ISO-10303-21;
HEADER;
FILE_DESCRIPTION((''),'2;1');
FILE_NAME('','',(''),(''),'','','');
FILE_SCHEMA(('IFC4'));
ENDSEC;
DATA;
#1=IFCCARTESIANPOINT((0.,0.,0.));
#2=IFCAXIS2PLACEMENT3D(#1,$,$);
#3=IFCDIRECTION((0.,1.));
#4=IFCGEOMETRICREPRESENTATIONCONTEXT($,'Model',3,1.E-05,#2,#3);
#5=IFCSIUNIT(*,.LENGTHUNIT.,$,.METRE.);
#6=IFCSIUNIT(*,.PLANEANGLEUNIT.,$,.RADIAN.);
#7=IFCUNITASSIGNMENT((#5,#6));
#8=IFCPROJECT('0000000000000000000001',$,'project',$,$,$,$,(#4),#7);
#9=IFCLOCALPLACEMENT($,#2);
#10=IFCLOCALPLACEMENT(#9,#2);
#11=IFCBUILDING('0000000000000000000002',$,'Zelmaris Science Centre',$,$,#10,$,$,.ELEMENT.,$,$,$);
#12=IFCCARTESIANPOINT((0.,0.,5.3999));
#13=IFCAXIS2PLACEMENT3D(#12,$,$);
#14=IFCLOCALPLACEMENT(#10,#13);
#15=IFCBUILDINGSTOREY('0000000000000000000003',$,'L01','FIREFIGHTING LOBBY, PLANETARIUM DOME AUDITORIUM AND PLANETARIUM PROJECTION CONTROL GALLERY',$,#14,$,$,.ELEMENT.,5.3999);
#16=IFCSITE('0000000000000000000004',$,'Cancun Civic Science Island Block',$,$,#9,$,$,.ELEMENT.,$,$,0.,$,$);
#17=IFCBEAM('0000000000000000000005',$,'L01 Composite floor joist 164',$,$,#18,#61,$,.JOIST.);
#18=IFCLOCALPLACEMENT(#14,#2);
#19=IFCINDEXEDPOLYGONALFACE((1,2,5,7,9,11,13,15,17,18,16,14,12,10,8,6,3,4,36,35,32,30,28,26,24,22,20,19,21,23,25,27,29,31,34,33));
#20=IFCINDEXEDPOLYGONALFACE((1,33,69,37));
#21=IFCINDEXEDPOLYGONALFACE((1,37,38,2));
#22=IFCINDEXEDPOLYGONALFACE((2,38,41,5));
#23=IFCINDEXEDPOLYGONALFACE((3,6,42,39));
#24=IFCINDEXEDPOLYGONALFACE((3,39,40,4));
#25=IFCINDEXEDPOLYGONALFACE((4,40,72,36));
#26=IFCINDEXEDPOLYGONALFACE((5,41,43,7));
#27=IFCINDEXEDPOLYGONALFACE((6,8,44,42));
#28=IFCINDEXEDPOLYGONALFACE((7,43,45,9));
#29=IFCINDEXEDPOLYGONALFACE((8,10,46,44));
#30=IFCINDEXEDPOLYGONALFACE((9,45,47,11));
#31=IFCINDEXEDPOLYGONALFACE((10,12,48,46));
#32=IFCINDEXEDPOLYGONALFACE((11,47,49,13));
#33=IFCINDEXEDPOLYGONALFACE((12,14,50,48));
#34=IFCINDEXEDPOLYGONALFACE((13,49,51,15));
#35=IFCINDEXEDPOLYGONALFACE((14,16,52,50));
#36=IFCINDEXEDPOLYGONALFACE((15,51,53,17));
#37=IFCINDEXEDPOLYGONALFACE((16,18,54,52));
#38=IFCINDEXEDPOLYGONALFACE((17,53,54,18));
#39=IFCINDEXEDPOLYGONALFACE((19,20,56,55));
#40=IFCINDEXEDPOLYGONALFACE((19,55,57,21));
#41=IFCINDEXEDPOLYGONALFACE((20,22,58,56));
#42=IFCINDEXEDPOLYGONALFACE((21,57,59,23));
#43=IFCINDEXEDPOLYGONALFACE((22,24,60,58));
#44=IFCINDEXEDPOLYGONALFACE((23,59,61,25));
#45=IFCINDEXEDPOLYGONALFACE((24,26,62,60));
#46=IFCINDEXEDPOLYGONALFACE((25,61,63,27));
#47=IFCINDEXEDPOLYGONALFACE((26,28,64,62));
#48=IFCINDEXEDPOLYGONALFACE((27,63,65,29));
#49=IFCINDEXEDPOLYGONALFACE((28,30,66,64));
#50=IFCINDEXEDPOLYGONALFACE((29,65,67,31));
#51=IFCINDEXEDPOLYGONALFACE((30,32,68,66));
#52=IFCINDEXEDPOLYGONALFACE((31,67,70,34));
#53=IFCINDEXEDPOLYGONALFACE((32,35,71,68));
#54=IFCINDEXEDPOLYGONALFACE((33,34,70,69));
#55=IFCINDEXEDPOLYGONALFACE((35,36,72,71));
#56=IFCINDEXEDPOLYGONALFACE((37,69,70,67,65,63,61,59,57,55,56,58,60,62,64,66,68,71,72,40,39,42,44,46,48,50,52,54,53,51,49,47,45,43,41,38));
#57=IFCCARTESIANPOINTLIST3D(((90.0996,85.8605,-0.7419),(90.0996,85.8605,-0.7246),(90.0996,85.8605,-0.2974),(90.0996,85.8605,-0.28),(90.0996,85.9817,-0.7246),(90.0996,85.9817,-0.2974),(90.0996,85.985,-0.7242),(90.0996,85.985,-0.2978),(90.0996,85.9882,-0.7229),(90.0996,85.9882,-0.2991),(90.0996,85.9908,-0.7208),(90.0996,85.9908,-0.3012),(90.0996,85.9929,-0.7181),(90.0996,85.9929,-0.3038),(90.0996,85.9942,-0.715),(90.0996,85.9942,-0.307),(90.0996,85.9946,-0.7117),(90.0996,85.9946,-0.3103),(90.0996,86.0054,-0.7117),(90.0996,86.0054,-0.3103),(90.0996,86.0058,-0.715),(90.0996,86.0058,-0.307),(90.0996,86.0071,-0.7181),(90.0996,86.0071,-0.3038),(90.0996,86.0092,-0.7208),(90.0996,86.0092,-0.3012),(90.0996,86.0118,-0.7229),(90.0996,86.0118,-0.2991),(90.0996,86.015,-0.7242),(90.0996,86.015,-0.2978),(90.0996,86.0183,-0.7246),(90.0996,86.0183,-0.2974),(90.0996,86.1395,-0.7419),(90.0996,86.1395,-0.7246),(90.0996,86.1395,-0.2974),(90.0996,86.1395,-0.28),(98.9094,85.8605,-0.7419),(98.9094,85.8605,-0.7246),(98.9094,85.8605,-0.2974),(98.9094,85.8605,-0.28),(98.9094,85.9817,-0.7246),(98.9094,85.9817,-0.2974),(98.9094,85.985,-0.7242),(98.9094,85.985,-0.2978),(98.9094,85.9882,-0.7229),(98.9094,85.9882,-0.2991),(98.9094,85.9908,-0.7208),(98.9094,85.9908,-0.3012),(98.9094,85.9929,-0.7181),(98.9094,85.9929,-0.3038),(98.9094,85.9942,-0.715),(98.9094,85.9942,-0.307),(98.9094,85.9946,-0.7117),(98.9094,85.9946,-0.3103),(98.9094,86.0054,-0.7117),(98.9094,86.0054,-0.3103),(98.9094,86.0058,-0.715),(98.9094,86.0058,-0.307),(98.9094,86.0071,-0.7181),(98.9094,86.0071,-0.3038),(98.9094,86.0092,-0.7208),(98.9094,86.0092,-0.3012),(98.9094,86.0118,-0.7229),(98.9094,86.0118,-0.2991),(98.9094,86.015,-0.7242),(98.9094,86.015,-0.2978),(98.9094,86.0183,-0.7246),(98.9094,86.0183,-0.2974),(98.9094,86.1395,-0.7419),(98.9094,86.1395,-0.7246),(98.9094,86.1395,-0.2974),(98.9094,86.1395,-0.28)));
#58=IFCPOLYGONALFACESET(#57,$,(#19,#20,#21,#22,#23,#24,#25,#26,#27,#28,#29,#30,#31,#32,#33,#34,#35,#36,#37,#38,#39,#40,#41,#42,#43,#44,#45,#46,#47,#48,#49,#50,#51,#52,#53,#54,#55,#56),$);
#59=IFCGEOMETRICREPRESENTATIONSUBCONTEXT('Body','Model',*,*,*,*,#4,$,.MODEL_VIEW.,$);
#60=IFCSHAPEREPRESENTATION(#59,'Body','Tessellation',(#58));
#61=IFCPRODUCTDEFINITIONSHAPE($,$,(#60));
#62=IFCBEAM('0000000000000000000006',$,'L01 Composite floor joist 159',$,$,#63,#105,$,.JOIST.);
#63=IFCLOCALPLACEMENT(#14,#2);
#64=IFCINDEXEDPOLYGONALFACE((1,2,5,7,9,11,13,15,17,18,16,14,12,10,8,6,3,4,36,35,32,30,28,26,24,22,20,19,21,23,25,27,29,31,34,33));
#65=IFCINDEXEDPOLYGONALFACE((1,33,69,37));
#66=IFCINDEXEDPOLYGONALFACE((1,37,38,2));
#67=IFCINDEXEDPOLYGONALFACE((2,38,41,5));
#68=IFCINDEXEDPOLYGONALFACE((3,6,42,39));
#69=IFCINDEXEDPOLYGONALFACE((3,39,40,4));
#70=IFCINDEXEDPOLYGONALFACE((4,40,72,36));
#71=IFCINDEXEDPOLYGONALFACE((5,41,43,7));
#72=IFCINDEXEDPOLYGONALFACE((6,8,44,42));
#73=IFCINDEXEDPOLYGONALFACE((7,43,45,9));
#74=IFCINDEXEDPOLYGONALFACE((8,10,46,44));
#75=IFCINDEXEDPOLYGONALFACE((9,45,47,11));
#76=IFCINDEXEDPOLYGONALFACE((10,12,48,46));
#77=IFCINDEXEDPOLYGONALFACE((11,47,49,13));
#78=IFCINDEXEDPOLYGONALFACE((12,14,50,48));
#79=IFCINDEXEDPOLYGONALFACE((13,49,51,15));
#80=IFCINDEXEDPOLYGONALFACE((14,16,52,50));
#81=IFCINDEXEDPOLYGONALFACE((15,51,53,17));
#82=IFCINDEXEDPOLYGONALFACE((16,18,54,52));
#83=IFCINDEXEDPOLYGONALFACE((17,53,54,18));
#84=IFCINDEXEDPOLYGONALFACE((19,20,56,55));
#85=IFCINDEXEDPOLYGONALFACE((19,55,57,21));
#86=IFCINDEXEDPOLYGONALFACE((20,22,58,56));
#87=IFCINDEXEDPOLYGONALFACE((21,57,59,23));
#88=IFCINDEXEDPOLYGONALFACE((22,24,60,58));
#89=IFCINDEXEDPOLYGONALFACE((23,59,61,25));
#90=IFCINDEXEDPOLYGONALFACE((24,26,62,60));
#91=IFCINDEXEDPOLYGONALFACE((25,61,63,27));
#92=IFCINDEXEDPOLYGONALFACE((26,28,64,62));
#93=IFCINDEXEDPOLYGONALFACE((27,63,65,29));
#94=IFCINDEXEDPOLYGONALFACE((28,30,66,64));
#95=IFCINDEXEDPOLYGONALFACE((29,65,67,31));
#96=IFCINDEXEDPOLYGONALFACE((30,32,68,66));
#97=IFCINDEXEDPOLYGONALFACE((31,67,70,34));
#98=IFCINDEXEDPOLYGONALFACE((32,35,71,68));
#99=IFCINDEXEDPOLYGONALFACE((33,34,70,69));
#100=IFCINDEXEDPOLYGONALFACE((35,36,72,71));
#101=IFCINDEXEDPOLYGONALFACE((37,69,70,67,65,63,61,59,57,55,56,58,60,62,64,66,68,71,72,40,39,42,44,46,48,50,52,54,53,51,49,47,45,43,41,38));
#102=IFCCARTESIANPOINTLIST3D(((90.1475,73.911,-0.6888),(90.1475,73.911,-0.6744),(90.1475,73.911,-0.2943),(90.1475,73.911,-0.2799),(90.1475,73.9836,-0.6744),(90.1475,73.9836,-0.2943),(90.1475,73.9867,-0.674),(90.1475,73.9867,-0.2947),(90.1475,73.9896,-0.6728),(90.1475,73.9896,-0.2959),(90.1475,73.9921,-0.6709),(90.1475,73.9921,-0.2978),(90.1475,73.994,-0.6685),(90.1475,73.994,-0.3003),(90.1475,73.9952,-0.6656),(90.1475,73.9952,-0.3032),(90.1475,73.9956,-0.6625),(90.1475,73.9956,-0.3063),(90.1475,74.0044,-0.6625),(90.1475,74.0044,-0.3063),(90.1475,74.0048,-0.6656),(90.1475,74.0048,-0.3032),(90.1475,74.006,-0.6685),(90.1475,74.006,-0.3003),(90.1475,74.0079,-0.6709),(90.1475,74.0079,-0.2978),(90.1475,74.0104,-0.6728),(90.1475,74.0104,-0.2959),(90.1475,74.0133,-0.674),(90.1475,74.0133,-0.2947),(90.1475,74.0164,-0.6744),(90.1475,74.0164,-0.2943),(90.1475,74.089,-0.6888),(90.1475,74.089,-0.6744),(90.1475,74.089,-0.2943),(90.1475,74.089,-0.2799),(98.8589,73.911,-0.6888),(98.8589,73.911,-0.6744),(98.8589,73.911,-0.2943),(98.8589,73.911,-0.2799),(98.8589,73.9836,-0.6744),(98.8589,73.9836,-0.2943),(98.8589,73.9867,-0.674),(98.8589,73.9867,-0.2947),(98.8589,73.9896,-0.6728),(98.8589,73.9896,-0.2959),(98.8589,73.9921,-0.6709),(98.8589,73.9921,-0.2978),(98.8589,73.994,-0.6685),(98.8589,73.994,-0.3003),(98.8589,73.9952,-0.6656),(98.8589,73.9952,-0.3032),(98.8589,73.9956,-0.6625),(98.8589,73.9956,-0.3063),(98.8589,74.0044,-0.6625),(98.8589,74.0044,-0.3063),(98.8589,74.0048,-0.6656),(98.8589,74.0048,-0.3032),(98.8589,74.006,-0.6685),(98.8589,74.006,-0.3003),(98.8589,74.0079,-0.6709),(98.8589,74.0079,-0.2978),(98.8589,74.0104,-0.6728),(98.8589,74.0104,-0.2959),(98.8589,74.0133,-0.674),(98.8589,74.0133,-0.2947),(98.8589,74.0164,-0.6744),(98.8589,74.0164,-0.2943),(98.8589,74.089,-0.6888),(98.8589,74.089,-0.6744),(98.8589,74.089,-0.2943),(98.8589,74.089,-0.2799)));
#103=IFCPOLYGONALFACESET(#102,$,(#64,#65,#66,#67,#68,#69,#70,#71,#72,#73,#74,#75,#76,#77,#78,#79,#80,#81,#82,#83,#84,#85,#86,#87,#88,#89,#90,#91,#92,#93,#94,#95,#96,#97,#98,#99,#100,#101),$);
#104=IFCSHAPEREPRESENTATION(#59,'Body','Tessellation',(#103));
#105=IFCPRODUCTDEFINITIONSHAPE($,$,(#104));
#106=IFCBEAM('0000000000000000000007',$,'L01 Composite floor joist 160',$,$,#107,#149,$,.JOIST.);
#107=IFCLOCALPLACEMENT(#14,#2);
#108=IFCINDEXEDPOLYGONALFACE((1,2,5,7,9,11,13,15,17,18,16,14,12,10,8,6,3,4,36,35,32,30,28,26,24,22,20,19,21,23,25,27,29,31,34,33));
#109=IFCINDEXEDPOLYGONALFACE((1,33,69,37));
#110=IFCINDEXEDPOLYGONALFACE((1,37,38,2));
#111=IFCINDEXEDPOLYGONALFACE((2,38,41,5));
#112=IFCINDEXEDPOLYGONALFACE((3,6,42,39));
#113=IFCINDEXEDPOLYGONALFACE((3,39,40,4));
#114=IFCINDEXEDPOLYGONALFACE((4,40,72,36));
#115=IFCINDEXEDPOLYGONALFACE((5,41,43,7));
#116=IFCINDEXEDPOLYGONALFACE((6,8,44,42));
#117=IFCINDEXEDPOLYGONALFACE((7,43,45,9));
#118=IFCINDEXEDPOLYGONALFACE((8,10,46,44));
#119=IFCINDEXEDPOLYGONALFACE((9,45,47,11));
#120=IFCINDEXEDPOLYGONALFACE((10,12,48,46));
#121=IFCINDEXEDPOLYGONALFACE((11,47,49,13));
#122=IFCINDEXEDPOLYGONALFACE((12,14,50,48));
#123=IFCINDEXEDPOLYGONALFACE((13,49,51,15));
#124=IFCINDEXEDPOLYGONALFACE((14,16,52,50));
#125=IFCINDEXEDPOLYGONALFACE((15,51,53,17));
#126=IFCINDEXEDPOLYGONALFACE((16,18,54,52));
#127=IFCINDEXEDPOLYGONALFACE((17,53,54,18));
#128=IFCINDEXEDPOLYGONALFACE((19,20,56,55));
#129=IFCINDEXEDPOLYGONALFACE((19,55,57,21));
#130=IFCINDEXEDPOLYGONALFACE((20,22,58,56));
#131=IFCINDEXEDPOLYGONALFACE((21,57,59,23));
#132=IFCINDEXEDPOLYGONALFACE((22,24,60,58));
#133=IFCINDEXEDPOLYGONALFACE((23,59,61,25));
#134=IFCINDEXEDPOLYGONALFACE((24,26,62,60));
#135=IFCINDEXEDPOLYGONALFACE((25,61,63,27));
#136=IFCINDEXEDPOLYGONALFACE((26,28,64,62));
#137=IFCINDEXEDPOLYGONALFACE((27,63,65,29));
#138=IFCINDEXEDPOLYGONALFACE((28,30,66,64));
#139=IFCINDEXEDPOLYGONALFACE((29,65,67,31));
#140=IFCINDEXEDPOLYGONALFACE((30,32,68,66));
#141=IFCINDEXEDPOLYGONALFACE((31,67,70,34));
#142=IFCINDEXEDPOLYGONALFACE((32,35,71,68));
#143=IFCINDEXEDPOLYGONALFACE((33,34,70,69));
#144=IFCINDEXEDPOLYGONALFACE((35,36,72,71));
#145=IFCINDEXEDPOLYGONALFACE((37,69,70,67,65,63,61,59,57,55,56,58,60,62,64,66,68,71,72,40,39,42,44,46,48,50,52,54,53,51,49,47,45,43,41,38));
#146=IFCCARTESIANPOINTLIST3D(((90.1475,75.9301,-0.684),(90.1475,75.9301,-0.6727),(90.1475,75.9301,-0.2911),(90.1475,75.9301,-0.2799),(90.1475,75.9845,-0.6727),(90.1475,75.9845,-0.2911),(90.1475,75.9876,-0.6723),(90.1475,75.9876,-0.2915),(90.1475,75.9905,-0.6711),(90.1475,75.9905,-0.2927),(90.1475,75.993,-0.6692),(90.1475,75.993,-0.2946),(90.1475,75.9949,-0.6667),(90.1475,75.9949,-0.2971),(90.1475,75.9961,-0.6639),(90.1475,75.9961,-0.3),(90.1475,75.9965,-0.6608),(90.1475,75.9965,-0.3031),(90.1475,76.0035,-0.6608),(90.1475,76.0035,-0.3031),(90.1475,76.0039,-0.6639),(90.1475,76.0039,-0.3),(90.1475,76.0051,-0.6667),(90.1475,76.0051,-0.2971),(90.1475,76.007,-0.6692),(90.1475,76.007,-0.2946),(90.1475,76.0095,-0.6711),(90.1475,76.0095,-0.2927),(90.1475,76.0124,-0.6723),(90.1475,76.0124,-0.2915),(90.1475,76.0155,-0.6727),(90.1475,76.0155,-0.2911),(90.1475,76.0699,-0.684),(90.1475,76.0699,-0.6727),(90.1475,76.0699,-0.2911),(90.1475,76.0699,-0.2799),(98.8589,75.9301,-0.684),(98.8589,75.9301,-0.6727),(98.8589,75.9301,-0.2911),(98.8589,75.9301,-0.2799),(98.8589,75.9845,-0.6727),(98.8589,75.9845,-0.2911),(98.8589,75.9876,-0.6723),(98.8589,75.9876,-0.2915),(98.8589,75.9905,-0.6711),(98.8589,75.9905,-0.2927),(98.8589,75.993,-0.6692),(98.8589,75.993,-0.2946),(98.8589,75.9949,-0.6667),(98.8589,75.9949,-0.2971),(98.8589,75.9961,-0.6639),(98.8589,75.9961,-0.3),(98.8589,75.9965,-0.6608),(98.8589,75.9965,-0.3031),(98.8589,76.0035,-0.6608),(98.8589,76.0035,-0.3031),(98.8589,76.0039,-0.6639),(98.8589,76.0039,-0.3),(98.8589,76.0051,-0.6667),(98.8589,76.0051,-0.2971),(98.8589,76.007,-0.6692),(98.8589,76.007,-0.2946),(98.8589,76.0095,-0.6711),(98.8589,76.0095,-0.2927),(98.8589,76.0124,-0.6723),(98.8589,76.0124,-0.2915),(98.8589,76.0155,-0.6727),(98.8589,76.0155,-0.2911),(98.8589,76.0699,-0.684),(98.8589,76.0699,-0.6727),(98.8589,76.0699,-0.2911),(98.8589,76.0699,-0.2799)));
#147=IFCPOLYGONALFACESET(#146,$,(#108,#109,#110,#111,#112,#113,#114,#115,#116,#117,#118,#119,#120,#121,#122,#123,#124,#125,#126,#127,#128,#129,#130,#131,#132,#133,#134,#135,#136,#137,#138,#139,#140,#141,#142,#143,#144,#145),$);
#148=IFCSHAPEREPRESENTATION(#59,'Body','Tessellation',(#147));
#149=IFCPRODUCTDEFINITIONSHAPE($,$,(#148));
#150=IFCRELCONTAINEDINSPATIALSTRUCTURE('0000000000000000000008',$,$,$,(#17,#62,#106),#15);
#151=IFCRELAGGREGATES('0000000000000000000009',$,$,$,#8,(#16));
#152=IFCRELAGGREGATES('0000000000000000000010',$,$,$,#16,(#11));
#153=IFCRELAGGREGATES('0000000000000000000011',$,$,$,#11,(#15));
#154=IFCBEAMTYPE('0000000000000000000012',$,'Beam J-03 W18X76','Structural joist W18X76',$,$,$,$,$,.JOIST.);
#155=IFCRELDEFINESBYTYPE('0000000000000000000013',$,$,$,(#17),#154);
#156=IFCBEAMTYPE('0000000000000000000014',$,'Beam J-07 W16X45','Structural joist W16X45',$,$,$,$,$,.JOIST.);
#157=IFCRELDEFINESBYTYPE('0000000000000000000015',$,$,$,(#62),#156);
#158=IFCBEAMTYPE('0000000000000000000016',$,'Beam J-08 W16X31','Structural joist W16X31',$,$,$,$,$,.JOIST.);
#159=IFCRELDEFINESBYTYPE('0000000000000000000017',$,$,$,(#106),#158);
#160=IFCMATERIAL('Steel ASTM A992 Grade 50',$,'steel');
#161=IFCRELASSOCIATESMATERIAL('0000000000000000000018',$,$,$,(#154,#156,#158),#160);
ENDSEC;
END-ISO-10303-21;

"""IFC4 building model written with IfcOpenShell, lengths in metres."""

from ifc_helpers import new_model, si_unit, direction, frame, origin, origin_2d, place, context, subcontext, project, spatial, i_section, extrude, material, material_profile, profile_set, type_object, element, save


model = new_model("IFC4")

# Units and contexts
model_context = context("Model", 3, precision=1e-05, world=origin(), true_north=direction((0.0, 1.0)))
body_context = subcontext(model_context, "Body", "Model", "MODEL_VIEW")
ifc_project = project(units=[si_unit("LENGTHUNIT", "METRE"), si_unit("PLANEANGLEUNIT", "RADIAN")], contexts=[model_context])

# Site, building, storey
site_placement = place(None, origin())
site = spatial("IfcSite", under=ifc_project, at=site_placement, Name="Cancun Civic Science Island Block", CompositionType="ELEMENT", RefElevation=0.0)
building_placement = place(site_placement, origin())
building = spatial("IfcBuilding", under=site, at=building_placement, Name="Zelmaris Science Centre", CompositionType="ELEMENT")
storey_placement = place(building_placement, frame((0.0, 0.0, 5.3999)))
storey = spatial("IfcBuildingStorey", under=building, at=storey_placement, Name="L01", Description="FIREFIGHTING LOBBY, PLANETARIUM DOME AUDITORIUM AND PLANETARIUM PROJECTION CONTROL GALLERY", CompositionType="ELEMENT", Elevation=5.3999)

# Shared definitions
ifc_material_1 = material(Name="Steel ASTM A992 Grade 50", Category="steel")

# Beams
ifc_material_profile_1 = material_profile(ifc_material_1, i_section(OverallWidth=0.2791, OverallDepth=0.4619, WebThickness=0.0107, FlangeThickness=0.0173, FilletRadius=0.0129, at=origin_2d()), Name="W18X76")
ifc_profile_set_1 = profile_set([ifc_material_profile_1], Name="Steel ASTM A992 Grade 50")
beam_type_1 = type_object("IfcBeamType", Name="Beam J-03 W18X76", Description="Structural joist W18X76", PredefinedType="JOIST", material=ifc_profile_set_1)
beam_1_placement = place(storey_placement, frame((90.0996, 86.0, -0.511), z_axis=(1.0, 0.0, 0.0), x_axis=(0.0, 1.0, 0.0)))
element("IfcBeam", 1, at=beam_1_placement, inside=storey, type_object=beam_type_1, Name="L01 Composite floor joist 164", PredefinedType="JOIST", context=body_context, shape_type="SweptSolid", body=[
    extrude(i_section(OverallWidth=0.2791, OverallDepth=0.4619, WebThickness=0.0107, FlangeThickness=0.0173, FilletRadius=0.0129, at=origin_2d()), origin(), (0.0, 0.0, 1.0), 8.8098),
])
ifc_material_profile_2 = material_profile(ifc_material_1, i_section(OverallWidth=0.178, OverallDepth=0.4089, WebThickness=0.0088, FlangeThickness=0.0144, FilletRadius=0.012, at=origin_2d()), Name="W16X45")
ifc_profile_set_2 = profile_set([ifc_material_profile_2], Name="Steel ASTM A992 Grade 50")
beam_type_2 = type_object("IfcBeamType", Name="Beam J-07 W16X45", Description="Structural joist W16X45", PredefinedType="JOIST", material=ifc_profile_set_2)
beam_2_placement = place(storey_placement, frame((90.1475, 74.0, -0.4844), z_axis=(1.0, 0.0, 0.0), x_axis=(0.0, 1.0, 0.0)))
element("IfcBeam", 2, at=beam_2_placement, inside=storey, type_object=beam_type_2, Name="L01 Composite floor joist 159", PredefinedType="JOIST", context=body_context, shape_type="SweptSolid", body=[
    extrude(i_section(OverallWidth=0.178, OverallDepth=0.4089, WebThickness=0.0088, FlangeThickness=0.0144, FilletRadius=0.012, at=origin_2d()), origin(), (0.0, 0.0, 1.0), 8.7114),
])
ifc_material_profile_3 = material_profile(ifc_material_1, i_section(OverallWidth=0.1399, OverallDepth=0.4041, WebThickness=0.0071, FlangeThickness=0.0112, FilletRadius=0.012, at=origin_2d()), Name="W16X31")
ifc_profile_set_3 = profile_set([ifc_material_profile_3], Name="Steel ASTM A992 Grade 50")
beam_type_3 = type_object("IfcBeamType", Name="Beam J-08 W16X31", Description="Structural joist W16X31", PredefinedType="JOIST", material=ifc_profile_set_3)
beam_3_placement = place(storey_placement, frame((90.1475, 76.0, -0.4819), z_axis=(1.0, 0.0, 0.0), x_axis=(0.0, 1.0, 0.0)))
element("IfcBeam", 3, at=beam_3_placement, inside=storey, type_object=beam_type_3, Name="L01 Composite floor joist 160", PredefinedType="JOIST", context=body_context, shape_type="SweptSolid", body=[
    extrude(i_section(OverallWidth=0.1399, OverallDepth=0.4041, WebThickness=0.0071, FlangeThickness=0.0112, FilletRadius=0.012, at=origin_2d()), origin(), (0.0, 0.0, 1.0), 8.7114),
])

save(model, "model.ifc")
